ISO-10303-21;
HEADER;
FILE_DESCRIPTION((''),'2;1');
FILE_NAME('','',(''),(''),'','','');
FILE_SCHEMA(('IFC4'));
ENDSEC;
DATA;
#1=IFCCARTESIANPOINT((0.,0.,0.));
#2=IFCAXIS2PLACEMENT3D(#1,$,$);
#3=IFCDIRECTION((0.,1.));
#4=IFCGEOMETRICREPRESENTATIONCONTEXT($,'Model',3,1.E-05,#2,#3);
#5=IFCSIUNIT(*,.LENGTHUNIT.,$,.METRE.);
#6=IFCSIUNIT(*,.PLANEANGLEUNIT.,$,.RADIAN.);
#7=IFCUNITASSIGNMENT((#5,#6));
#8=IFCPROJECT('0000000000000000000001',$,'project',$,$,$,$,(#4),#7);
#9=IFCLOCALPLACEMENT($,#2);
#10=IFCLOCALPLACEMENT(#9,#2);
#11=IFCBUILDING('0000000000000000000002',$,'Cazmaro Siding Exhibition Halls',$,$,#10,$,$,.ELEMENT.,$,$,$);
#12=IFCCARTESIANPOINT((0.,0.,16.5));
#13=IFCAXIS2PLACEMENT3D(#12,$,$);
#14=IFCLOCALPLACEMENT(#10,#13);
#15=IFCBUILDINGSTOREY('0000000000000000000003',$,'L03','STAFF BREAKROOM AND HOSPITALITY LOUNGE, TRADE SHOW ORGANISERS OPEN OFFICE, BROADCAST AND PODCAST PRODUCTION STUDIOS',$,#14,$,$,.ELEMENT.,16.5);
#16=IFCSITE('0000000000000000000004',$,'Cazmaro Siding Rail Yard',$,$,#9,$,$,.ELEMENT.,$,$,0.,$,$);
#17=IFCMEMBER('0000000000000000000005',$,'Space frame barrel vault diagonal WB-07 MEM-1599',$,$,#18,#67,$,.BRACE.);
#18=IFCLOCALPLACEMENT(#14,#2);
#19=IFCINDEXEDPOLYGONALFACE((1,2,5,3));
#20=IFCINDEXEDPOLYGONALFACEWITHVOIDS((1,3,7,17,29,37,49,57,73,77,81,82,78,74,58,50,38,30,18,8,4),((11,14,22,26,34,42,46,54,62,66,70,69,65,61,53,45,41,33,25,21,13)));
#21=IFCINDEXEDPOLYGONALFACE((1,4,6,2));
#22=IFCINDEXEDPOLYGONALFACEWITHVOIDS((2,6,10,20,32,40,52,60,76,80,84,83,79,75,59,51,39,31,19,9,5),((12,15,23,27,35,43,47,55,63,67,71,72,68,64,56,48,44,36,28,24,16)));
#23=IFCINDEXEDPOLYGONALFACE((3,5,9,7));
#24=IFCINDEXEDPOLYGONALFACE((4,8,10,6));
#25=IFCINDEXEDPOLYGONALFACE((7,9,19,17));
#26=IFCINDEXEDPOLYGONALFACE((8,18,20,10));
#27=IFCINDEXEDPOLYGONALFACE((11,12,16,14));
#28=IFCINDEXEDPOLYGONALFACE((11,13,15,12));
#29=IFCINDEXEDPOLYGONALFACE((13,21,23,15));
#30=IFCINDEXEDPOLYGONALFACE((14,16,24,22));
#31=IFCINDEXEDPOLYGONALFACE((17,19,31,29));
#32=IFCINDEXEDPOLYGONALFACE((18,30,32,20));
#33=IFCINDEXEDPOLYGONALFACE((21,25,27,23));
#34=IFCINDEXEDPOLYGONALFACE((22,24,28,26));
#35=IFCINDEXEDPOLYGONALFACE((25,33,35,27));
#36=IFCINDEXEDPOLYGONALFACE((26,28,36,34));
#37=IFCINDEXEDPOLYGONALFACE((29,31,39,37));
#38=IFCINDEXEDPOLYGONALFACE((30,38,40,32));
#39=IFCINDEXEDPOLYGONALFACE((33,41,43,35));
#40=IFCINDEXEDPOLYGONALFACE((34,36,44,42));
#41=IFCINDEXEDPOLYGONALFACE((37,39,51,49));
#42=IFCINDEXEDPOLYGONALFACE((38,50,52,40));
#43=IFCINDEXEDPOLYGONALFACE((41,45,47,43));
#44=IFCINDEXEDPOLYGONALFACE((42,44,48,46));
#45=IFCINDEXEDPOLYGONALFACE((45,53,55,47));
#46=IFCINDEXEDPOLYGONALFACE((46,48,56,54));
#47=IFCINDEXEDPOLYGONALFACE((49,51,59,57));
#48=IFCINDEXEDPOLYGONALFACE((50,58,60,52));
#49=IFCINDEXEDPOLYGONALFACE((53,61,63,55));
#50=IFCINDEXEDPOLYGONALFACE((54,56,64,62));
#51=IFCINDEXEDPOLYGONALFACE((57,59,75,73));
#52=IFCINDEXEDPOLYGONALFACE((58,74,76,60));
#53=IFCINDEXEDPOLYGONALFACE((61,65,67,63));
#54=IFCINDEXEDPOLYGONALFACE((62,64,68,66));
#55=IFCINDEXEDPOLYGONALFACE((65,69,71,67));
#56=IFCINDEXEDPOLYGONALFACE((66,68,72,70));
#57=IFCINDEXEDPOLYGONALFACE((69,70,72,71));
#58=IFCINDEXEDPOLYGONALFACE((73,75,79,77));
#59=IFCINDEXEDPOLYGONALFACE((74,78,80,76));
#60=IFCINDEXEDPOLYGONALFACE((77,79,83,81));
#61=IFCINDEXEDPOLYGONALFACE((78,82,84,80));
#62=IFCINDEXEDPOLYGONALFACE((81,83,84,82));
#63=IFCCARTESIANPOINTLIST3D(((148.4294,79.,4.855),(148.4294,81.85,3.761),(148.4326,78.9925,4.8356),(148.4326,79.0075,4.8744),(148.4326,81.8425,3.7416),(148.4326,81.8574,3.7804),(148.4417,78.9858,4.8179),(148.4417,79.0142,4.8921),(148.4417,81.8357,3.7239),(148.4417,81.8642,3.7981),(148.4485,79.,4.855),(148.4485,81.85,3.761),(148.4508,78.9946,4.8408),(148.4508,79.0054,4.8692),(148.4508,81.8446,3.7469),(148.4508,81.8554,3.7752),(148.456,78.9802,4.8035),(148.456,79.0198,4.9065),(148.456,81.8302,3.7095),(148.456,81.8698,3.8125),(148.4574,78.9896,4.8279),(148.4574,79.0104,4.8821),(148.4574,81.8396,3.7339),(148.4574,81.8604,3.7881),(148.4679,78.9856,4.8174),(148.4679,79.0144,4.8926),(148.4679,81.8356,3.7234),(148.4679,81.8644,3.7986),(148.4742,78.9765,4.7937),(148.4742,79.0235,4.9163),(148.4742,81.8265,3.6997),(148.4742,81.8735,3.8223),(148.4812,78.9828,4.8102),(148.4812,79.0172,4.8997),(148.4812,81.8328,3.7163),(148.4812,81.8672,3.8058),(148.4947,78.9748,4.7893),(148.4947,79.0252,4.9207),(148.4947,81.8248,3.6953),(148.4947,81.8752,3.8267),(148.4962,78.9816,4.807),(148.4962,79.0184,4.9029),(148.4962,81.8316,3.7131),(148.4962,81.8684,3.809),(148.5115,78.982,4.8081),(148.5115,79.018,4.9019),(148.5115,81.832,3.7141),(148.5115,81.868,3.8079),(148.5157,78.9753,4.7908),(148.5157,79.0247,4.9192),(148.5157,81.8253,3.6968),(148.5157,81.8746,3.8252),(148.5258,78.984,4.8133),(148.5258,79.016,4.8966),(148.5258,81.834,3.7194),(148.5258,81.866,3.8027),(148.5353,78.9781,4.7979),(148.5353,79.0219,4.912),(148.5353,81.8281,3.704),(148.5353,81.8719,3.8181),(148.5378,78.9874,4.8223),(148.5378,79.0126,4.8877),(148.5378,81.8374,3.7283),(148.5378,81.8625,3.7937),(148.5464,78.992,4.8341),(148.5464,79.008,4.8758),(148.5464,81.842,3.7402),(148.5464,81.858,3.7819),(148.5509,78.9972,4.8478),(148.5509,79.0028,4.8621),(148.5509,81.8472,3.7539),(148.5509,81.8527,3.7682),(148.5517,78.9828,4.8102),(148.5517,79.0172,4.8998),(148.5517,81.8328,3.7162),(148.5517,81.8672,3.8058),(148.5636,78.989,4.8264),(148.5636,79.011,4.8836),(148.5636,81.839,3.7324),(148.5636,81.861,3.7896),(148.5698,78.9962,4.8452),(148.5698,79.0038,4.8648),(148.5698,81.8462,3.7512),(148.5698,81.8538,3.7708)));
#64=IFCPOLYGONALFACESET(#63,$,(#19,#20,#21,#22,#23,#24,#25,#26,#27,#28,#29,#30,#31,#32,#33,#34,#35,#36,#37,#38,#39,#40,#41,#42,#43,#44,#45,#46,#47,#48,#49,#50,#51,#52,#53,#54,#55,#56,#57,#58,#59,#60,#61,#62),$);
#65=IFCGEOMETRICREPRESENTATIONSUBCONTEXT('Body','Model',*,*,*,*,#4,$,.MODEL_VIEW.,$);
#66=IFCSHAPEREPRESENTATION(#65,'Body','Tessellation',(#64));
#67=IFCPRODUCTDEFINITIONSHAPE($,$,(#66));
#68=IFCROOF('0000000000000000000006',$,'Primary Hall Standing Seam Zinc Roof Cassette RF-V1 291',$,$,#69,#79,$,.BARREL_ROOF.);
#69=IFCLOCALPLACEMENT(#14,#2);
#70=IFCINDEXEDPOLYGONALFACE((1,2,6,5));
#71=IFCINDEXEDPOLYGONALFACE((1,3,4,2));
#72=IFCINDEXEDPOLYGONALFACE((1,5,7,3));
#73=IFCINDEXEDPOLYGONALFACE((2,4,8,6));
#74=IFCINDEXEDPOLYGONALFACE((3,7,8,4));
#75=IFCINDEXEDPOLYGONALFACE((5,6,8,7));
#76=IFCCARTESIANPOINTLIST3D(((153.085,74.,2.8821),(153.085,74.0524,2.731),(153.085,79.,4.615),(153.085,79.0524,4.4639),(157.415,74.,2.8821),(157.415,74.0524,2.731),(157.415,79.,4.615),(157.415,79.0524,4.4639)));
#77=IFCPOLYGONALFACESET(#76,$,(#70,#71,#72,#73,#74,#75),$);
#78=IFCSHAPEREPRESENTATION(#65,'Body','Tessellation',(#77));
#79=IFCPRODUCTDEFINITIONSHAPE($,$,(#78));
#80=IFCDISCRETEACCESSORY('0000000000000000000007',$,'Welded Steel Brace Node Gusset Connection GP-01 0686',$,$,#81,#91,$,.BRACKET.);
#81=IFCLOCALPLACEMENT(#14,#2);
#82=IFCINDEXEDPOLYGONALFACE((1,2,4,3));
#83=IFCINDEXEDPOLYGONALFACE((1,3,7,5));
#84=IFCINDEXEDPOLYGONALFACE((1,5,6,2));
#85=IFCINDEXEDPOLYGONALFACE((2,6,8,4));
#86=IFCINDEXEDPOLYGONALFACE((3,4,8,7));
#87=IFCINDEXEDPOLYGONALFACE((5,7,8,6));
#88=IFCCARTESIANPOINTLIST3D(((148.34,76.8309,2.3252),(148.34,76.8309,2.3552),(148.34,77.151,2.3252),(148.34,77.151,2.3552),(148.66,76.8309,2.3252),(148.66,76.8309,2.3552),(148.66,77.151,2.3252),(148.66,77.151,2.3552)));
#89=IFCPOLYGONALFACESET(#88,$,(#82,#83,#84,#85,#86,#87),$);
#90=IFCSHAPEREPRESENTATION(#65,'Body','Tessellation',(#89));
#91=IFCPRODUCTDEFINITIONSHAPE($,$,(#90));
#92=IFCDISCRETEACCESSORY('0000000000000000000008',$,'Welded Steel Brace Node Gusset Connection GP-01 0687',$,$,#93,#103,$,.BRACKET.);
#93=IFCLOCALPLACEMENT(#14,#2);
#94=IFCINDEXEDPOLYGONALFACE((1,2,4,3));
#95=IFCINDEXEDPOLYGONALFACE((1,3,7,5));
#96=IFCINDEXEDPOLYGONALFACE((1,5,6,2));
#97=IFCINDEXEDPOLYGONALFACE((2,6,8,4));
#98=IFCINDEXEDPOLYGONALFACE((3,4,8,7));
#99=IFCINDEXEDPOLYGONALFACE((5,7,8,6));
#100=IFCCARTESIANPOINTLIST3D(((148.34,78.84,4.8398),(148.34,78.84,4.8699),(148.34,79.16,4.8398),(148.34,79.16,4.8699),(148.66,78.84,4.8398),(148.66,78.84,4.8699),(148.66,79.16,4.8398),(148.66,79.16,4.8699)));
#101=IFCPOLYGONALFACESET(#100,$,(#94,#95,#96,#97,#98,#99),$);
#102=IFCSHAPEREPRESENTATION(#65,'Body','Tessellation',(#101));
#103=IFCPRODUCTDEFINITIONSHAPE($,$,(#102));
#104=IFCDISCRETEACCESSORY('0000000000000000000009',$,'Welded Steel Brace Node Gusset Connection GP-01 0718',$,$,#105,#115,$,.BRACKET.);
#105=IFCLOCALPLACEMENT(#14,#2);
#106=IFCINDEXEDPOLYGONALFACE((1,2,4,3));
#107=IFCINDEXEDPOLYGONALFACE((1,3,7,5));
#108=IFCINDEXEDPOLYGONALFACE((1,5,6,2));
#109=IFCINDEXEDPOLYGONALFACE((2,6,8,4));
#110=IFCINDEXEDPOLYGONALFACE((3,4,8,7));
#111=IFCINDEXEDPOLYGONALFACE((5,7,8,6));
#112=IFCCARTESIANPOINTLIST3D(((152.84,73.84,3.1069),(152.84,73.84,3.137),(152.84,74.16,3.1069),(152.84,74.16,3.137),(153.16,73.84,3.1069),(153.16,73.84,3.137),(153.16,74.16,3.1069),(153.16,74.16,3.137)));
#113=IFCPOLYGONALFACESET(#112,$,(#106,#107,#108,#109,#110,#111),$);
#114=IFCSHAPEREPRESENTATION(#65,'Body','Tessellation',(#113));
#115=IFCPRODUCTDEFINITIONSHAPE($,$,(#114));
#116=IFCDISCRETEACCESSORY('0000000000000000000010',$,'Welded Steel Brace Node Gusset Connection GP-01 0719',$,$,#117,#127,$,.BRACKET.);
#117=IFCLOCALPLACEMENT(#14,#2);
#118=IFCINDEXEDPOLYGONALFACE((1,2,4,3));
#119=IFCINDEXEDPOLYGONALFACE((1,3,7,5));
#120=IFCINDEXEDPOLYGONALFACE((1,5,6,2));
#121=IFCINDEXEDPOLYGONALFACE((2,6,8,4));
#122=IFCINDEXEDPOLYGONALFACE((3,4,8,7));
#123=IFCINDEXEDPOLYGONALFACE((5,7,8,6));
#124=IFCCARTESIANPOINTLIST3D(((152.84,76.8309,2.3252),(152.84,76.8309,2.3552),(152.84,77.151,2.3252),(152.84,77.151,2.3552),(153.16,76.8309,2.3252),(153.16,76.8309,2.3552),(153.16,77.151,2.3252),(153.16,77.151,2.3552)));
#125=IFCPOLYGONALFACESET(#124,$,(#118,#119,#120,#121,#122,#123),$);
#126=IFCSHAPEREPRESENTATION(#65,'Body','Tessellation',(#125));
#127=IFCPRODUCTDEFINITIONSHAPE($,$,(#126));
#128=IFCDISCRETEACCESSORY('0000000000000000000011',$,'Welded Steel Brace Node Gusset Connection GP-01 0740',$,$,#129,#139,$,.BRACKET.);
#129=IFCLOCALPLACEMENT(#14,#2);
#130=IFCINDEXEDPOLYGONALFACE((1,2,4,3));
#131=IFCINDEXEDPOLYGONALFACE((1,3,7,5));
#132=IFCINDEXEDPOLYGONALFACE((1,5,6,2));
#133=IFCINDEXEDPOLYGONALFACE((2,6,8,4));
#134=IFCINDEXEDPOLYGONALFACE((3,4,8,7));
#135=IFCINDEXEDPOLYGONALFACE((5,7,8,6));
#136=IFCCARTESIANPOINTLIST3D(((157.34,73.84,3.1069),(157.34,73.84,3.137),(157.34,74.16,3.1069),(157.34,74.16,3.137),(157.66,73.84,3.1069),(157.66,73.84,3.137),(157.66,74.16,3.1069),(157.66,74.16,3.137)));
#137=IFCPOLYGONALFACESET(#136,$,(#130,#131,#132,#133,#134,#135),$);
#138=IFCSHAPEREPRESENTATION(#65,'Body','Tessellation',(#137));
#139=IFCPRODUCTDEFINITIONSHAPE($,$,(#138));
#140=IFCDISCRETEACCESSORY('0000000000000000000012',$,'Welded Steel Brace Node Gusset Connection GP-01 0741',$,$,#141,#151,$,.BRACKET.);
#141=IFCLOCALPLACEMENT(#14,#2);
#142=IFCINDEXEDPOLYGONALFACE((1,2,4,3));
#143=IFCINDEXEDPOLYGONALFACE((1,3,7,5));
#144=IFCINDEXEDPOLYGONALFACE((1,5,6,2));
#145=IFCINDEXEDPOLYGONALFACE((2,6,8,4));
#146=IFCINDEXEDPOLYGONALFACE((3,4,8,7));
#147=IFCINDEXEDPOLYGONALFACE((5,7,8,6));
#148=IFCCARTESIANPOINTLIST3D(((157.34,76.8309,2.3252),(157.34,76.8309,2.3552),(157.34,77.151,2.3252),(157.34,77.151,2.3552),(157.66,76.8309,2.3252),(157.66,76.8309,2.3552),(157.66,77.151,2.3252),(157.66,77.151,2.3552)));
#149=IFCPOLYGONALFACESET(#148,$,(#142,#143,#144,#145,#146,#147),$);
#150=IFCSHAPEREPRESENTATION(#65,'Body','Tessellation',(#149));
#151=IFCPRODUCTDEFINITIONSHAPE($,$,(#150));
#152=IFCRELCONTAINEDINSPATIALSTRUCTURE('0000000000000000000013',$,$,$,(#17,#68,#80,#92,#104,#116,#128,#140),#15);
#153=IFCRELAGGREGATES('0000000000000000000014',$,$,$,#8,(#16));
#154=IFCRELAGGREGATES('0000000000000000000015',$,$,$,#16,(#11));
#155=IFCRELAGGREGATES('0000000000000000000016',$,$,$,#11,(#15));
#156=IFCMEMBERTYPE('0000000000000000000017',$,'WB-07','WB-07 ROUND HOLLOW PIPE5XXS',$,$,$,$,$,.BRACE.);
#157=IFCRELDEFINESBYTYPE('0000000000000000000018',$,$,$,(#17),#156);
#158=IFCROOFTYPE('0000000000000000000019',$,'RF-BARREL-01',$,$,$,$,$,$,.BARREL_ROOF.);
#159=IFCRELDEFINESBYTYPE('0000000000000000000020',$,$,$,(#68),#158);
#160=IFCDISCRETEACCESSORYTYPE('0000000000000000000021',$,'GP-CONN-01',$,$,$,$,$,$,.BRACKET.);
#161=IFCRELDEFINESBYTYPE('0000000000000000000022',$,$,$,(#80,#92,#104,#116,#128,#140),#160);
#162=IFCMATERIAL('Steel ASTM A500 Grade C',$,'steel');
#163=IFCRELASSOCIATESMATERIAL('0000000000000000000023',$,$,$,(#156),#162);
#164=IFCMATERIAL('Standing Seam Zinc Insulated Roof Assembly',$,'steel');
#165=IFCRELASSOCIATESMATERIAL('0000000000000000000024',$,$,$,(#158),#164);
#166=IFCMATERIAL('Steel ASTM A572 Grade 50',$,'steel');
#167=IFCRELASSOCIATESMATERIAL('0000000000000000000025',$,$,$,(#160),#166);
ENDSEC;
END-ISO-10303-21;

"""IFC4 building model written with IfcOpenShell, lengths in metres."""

from ifc_helpers import new_model, si_unit, direction, frame, origin, origin_2d, place, context, subcontext, project, spatial, polyline, rectangle, hollow_circle, outline, extrude, material, material_profile, profile_set, type_object, element, save


model = new_model("IFC4")

# Units and contexts
model_context = context("Model", 3, precision=1e-05, world=origin(), true_north=direction((0.0, 1.0)))
body_context = subcontext(model_context, "Body", "Model", "MODEL_VIEW")
ifc_project = project(units=[si_unit("LENGTHUNIT", "METRE"), si_unit("PLANEANGLEUNIT", "RADIAN")], contexts=[model_context])

# Site, building, storey
site_placement = place(None, origin())
site = spatial("IfcSite", under=ifc_project, at=site_placement, Name="Cazmaro Siding Rail Yard", CompositionType="ELEMENT", RefElevation=0.0)
building_placement = place(site_placement, origin())
building = spatial("IfcBuilding", under=site, at=building_placement, Name="Cazmaro Siding Exhibition Halls", CompositionType="ELEMENT")
storey_placement = place(building_placement, frame((0.0, 0.0, 16.5)))
storey = spatial("IfcBuildingStorey", under=building, at=storey_placement, Name="L03", Description="STAFF BREAKROOM AND HOSPITALITY LOUNGE, TRADE SHOW ORGANISERS OPEN OFFICE, BROADCAST AND PODCAST PRODUCTION STUDIOS", CompositionType="ELEMENT", Elevation=16.5)

# Member
ifc_material_1 = material(Name="Steel ASTM A500 Grade C", Category="steel")
ifc_material_profile_1 = material_profile(ifc_material_1, hollow_circle(Radius=0.0706, WallThickness=0.019, at=origin_2d()), Name="PIPE5XXS")
ifc_profile_set_1 = profile_set([ifc_material_profile_1], Name="Steel ASTM A500 Grade C")
member_type_1 = type_object("IfcMemberType", Name="WB-07", Description="WB-07 ROUND HOLLOW PIPE5XXS", PredefinedType="BRACE", material=ifc_profile_set_1)
member_1_placement = place(storey_placement, frame((148.5, 79.0, 4.855), z_axis=(0.0, 0.933587, -0.358352), x_axis=(-1.0, 0.0, 0.0)))
element("IfcMember", 1, at=member_1_placement, inside=storey, type_object=member_type_1, Name="Space frame barrel vault diagonal WB-07 MEM-1599", PredefinedType="BRACE", context=body_context, shape_type="SweptSolid", body=[
    extrude(hollow_circle(Radius=0.0706, WallThickness=0.019, at=origin_2d()), origin(), (0.0, 0.0, 1.0), 3.0527),
])

# Roof
ifc_material_2 = material(Name="Standing Seam Zinc Insulated Roof Assembly", Category="steel")
roof_type = type_object("IfcRoofType", Name="RF-BARREL-01", PredefinedType="BARREL_ROOF", material=ifc_material_2)
roof_placement = place(storey_placement, frame((153.085, 74.0, 2.8821), z_axis=(0.0, -0.327472, 0.944861), x_axis=(1.0, 0.0, 0.0)))
element("IfcRoof", 2, at=roof_placement, inside=storey, type_object=roof_type, Name="Primary Hall Standing Seam Zinc Roof Cassette RF-V1 291", PredefinedType="BARREL_ROOF", context=body_context, shape_type="SweptSolid", body=[
    extrude(outline(polyline([(0.0, 0.0), (4.3301, 0.0), (4.3301, 5.2918), (0.0, 5.2918), (0.0, 0.0)])), origin(), (0.0, 0.0, -1.0), 0.1599),
])

# Discrete accessories
ifc_material_3 = material(Name="Steel ASTM A572 Grade 50", Category="steel")
discrete_accessory_type = type_object("IfcDiscreteAccessoryType", Name="GP-CONN-01", PredefinedType="BRACKET", material=ifc_material_3)
for number, where, z_axis, x_axis, name in (
    (3, (148.5, 76.991, 2.3252), (0.0, 0.0, 1.0), (1.0, 0.0, 0.0), "Welded Steel Brace Node Gusset Connection GP-01 0686"),
    (4, (148.5, 79.0, 4.8398), (0.0, 0.0, 1.0), (1.0, 0.0, 0.0), "Welded Steel Brace Node Gusset Connection GP-01 0687"),
    (5, (153.0, 74.0, 3.1069), (0.0, 0.0, 1.0), (1.0, 0.0, 0.0), "Welded Steel Brace Node Gusset Connection GP-01 0718"),
    (6, (153.0, 76.991, 2.3252), (0.0, 0.0, 1.0), (1.0, 0.0, 0.0), "Welded Steel Brace Node Gusset Connection GP-01 0719"),
    (7, (157.5, 74.0, 3.1069), (0.0, 0.0, 1.0), (1.0, 0.0, 0.0), "Welded Steel Brace Node Gusset Connection GP-01 0740"),
    (8, (157.5, 76.991, 2.3252), (0.0, 0.0, 1.0), (1.0, 0.0, 0.0), "Welded Steel Brace Node Gusset Connection GP-01 0741"),
):
    element("IfcDiscreteAccessory", number, at=place(storey_placement, frame(where, z_axis=z_axis, x_axis=x_axis)), inside=storey, type_object=discrete_accessory_type, Name=name, PredefinedType="BRACKET", context=body_context, shape_type="SweptSolid", body=[
        extrude(rectangle(XDim=0.3201, YDim=0.3201, at=origin_2d()), origin(), (0.0, 0.0, 1.0), 0.03),
    ])

save(model, "model.ifc")
